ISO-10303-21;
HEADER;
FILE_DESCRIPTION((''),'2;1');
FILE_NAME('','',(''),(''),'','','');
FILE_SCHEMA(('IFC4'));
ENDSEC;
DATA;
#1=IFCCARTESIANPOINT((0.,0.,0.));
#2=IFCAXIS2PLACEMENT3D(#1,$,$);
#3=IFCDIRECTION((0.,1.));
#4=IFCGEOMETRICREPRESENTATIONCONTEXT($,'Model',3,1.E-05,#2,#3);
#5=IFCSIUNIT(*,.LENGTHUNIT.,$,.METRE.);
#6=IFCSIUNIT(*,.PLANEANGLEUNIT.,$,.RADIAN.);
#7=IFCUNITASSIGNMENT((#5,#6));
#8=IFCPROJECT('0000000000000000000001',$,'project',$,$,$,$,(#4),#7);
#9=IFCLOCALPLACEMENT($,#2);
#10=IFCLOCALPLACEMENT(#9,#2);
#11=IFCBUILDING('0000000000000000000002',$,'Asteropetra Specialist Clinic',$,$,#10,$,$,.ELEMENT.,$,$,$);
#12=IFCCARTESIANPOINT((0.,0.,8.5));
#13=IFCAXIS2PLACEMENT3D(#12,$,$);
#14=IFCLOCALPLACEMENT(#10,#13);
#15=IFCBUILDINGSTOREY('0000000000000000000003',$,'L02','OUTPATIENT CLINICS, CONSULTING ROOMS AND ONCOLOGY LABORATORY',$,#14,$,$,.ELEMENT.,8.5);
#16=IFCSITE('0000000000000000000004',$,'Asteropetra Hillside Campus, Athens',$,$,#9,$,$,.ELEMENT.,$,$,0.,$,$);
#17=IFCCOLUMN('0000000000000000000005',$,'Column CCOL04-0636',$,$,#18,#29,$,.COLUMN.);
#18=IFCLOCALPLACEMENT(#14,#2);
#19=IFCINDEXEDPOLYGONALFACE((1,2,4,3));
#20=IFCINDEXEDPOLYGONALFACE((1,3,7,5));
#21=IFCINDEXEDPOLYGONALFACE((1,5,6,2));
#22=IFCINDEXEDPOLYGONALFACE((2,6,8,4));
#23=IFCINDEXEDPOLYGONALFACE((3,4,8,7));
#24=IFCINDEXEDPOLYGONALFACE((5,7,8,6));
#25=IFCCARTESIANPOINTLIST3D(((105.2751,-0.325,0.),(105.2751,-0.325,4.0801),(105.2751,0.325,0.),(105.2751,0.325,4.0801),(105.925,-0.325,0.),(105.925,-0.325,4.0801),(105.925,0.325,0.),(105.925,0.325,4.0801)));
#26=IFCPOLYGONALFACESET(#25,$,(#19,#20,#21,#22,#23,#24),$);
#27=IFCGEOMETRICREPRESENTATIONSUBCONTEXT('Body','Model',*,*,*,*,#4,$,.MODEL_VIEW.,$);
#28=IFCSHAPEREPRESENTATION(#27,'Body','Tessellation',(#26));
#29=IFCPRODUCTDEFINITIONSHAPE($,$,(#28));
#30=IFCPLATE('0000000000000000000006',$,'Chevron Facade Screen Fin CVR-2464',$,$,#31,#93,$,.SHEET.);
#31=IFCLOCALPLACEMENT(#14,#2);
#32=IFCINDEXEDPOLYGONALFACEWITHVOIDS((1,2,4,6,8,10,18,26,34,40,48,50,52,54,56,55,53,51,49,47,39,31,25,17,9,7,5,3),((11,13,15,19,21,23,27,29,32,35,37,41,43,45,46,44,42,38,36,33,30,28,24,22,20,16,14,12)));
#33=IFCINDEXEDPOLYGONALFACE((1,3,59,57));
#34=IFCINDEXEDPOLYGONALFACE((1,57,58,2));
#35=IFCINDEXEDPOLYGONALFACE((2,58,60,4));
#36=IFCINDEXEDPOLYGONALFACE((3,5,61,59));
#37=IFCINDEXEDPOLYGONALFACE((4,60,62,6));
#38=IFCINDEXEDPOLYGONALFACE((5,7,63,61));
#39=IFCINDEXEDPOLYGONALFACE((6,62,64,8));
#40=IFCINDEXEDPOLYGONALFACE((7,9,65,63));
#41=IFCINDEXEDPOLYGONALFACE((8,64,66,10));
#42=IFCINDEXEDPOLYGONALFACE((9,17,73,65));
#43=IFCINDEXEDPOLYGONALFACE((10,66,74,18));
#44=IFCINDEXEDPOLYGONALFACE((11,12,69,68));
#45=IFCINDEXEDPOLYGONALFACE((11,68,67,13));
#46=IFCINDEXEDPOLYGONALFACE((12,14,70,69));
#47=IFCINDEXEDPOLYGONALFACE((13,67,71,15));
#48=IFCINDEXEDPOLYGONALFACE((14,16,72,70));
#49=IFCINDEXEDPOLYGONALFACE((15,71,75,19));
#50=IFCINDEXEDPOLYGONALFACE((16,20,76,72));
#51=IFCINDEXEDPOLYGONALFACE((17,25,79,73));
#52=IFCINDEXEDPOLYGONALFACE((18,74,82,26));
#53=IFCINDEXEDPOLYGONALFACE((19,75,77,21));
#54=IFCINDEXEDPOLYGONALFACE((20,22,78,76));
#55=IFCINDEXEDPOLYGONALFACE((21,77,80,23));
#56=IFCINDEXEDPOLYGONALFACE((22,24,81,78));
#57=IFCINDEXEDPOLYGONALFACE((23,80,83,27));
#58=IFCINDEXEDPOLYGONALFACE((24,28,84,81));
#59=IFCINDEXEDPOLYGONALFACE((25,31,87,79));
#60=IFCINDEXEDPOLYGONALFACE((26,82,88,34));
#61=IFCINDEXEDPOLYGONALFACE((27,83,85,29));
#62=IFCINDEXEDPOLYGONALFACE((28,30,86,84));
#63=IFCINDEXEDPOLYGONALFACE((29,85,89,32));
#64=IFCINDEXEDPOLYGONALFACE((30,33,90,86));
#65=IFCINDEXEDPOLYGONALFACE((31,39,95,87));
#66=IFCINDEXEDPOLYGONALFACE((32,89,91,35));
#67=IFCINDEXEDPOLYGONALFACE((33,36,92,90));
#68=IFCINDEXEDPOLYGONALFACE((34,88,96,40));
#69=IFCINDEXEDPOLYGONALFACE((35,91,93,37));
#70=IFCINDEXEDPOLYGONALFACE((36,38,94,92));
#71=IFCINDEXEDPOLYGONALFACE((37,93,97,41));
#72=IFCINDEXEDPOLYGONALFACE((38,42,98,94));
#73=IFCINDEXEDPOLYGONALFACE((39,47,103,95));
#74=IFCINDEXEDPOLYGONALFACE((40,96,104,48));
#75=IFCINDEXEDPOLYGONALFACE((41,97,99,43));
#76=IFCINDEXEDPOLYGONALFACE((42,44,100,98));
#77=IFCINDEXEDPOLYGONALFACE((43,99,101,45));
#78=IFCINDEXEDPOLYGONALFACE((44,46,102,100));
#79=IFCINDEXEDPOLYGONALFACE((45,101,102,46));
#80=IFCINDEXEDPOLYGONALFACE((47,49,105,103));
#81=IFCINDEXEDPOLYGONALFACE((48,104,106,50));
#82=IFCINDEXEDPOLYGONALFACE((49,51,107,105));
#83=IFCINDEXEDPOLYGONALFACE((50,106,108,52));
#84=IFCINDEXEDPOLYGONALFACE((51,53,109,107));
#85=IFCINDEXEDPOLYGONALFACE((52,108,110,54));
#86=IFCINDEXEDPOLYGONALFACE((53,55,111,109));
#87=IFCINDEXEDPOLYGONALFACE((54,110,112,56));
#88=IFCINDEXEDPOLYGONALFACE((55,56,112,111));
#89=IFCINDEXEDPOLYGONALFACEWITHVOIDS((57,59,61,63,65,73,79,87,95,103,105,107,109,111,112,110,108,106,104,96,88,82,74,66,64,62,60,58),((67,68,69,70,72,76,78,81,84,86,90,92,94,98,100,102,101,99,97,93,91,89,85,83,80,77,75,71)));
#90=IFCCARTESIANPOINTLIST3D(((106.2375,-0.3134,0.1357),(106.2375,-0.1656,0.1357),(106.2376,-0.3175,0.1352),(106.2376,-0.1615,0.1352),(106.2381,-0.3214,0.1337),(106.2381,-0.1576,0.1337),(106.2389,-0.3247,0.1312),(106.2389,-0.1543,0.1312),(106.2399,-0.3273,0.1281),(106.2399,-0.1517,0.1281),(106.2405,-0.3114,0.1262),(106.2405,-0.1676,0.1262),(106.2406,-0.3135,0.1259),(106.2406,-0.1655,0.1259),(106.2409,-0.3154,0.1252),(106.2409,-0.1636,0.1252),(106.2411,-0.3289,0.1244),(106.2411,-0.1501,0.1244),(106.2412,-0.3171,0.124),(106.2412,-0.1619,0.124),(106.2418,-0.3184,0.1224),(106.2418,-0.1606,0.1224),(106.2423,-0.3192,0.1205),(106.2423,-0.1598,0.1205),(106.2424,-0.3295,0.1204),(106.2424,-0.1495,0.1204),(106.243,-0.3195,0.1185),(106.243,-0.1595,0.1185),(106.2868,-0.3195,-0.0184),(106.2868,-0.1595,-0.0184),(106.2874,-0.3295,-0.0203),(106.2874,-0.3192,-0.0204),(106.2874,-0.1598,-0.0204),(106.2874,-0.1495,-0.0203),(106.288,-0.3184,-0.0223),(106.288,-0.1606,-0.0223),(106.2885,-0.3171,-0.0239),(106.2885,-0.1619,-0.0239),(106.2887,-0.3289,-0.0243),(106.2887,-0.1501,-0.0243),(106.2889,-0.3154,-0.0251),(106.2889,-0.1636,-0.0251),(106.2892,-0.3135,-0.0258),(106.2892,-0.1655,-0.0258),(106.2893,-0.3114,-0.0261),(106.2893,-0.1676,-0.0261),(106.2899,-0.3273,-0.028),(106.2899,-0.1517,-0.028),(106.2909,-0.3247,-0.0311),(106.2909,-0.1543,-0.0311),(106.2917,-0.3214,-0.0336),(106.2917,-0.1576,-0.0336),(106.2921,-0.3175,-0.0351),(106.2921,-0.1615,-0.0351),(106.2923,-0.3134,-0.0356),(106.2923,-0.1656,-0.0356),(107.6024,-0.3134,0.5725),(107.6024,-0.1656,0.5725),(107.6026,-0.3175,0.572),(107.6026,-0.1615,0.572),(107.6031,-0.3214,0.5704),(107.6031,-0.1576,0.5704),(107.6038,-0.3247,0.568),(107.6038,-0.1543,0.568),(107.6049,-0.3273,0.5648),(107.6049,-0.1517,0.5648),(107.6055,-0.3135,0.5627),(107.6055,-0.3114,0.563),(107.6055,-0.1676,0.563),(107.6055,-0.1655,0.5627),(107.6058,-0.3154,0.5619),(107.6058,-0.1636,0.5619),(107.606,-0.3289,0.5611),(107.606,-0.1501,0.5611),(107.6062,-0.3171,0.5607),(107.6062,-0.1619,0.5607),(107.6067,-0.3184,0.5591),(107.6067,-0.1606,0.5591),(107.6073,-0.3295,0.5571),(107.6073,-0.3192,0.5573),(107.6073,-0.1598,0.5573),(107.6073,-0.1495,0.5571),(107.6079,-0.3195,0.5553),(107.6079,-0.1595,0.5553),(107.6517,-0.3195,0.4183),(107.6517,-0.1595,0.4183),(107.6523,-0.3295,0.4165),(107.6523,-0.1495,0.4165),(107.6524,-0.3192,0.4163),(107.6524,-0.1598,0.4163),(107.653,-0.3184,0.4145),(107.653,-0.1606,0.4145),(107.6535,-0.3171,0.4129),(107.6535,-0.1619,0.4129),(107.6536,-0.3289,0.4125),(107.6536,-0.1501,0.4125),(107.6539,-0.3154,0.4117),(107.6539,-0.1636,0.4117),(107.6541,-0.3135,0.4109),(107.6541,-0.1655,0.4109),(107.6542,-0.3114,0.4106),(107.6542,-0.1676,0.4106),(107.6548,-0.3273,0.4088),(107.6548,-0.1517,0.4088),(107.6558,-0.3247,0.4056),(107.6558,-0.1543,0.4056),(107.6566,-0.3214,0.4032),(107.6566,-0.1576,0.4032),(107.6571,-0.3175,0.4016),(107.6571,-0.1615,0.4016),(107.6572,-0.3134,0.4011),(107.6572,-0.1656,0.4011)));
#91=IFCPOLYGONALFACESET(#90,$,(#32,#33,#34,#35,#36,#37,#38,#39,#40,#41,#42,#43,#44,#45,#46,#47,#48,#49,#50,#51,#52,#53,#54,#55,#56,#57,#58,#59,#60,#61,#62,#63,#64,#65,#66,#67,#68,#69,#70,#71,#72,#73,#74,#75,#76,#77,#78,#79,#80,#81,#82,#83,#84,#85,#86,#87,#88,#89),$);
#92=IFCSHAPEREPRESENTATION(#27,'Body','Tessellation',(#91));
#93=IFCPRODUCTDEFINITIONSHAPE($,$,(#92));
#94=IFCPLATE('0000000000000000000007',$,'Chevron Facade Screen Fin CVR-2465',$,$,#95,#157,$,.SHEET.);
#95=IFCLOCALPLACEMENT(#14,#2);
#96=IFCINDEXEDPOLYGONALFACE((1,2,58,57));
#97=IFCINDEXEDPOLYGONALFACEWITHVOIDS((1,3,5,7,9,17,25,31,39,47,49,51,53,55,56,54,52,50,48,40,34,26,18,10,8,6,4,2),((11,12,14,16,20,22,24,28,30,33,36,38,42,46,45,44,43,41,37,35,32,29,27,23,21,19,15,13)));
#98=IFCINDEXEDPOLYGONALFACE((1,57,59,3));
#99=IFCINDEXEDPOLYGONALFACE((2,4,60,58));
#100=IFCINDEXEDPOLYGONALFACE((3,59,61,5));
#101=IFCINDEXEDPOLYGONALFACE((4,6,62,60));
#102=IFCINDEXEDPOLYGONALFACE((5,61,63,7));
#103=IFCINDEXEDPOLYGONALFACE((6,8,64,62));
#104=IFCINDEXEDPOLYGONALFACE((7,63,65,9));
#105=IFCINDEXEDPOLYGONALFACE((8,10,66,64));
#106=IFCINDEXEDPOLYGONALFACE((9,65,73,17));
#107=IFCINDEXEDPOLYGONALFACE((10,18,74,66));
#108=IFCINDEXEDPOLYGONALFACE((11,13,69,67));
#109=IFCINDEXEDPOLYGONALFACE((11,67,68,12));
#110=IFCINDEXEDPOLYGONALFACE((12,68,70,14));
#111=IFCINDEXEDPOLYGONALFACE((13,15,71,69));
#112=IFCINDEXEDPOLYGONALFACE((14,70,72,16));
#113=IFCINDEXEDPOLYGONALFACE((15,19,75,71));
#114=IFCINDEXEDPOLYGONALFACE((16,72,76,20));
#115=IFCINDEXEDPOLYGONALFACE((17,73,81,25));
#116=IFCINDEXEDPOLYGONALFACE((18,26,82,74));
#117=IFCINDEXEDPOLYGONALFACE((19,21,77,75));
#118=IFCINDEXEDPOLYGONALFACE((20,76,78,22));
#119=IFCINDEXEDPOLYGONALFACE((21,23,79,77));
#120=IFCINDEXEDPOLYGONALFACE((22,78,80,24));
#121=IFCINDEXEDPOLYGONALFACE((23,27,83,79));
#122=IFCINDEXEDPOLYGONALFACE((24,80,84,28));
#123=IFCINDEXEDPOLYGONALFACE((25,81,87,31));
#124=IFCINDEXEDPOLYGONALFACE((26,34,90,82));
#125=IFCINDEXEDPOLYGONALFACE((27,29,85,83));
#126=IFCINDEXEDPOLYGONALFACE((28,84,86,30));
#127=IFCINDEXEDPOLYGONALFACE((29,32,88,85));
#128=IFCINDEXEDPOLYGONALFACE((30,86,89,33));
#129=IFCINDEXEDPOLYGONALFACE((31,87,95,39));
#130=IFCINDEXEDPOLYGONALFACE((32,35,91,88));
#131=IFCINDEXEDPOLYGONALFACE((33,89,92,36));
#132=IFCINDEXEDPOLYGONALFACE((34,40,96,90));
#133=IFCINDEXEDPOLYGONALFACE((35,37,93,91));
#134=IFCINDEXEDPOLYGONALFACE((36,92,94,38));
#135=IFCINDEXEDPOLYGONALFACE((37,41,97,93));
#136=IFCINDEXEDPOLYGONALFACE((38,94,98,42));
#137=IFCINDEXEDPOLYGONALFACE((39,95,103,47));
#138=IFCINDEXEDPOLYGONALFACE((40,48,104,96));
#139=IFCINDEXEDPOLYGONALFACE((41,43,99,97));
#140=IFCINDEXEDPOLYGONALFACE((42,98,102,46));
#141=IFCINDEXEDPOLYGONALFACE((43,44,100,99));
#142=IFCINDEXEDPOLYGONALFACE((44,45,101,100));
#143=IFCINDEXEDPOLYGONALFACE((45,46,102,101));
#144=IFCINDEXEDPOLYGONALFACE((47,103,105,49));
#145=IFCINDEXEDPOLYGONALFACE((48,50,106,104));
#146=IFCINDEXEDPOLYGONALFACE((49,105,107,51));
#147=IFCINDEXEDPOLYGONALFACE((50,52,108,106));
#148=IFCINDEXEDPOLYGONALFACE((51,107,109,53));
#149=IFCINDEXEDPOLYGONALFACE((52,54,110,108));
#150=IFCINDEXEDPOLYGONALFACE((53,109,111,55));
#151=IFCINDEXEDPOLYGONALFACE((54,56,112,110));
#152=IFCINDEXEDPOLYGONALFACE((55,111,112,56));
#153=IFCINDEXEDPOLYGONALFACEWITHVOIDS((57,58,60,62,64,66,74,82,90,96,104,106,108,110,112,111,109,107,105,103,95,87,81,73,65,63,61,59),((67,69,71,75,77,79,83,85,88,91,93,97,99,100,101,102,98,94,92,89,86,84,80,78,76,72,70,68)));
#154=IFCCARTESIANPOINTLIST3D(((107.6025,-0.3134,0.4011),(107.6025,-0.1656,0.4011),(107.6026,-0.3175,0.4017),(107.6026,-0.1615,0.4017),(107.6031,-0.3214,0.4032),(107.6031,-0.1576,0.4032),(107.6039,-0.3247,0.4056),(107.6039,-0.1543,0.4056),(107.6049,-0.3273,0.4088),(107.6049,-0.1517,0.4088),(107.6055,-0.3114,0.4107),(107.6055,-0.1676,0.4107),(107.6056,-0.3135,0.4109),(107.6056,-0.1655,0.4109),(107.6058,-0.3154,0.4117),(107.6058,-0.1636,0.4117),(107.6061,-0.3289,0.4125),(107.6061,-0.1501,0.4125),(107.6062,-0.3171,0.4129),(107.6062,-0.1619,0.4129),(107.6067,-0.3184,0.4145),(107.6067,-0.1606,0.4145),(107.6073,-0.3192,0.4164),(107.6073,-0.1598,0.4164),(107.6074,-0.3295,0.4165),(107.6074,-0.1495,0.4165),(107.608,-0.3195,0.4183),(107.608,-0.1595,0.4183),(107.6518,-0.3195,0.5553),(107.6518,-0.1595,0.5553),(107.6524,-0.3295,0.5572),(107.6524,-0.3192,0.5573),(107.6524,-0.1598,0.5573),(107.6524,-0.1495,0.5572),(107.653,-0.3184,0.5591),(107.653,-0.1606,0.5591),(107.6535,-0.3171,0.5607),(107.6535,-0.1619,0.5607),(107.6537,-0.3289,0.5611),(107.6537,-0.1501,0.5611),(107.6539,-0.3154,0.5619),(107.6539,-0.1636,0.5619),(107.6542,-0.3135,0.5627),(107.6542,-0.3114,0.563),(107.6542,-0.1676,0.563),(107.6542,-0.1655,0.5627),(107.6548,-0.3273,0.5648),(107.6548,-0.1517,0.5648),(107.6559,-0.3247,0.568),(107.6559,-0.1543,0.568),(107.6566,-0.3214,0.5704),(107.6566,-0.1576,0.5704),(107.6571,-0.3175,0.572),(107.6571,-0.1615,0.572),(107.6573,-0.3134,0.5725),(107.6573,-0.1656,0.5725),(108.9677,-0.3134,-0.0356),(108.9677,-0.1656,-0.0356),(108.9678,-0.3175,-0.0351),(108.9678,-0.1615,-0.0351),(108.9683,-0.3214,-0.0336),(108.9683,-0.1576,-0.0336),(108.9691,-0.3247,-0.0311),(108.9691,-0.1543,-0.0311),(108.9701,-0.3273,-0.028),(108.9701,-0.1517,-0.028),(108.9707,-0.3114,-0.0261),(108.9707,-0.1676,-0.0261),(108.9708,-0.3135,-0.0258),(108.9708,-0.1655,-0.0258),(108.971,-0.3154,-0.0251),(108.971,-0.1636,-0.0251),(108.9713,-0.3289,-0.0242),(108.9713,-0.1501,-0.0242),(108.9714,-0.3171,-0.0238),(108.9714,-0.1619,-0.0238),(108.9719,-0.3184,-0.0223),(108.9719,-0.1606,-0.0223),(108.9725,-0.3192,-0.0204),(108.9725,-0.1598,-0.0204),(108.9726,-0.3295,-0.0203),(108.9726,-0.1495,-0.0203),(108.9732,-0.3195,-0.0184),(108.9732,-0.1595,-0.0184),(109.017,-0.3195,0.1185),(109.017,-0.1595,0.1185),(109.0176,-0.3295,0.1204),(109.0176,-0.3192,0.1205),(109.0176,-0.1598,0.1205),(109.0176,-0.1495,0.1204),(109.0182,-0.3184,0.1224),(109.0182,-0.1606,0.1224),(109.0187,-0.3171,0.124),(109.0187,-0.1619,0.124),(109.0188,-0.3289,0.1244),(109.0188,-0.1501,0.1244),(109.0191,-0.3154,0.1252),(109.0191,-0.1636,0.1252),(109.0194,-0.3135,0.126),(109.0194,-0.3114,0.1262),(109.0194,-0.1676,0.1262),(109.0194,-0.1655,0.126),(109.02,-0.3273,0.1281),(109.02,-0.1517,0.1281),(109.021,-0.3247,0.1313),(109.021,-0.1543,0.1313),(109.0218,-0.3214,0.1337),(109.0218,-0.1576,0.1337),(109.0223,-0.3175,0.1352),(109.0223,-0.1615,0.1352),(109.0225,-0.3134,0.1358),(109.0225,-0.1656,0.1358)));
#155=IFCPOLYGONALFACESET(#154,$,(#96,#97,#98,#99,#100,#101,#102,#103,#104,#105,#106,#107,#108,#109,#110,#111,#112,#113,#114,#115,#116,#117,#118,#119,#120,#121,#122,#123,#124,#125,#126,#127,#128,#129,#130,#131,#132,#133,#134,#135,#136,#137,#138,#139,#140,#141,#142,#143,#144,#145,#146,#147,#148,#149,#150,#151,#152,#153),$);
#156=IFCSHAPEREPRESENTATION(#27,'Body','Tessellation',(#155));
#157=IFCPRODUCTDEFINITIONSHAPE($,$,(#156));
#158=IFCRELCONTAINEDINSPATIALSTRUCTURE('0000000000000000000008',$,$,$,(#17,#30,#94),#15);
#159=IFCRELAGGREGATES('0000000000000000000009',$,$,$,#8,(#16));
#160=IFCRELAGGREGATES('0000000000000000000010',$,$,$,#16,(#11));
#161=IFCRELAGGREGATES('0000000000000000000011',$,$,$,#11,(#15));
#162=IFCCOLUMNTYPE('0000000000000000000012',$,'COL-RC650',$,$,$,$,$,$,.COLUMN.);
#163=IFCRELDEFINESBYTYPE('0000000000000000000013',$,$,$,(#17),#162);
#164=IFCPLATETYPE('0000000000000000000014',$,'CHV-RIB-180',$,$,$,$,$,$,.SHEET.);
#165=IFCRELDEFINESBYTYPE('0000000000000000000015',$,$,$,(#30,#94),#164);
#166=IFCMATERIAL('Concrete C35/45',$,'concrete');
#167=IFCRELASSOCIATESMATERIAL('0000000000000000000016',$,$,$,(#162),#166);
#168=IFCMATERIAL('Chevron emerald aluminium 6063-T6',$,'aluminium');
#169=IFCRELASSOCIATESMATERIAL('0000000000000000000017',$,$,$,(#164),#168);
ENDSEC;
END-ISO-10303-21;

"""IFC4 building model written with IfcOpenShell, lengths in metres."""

from ifc_helpers import new_model, si_unit, direction, frame, origin, origin_2d, place, context, subcontext, project, spatial, rectangle, hollow_rectangle, extrude, material, material_profile, profile_set, type_object, element, save


model = new_model("IFC4")

# Units and contexts
model_context = context("Model", 3, precision=1e-05, world=origin(), true_north=direction((0.0, 1.0)))
body_context = subcontext(model_context, "Body", "Model", "MODEL_VIEW")
ifc_project = project(units=[si_unit("LENGTHUNIT", "METRE"), si_unit("PLANEANGLEUNIT", "RADIAN")], contexts=[model_context])

# Site, building, storey
site_placement = place(None, origin())
site = spatial("IfcSite", under=ifc_project, at=site_placement, Name="Asteropetra Hillside Campus, Athens", CompositionType="ELEMENT", RefElevation=0.0)
building_placement = place(site_placement, origin())
building = spatial("IfcBuilding", under=site, at=building_placement, Name="Asteropetra Specialist Clinic", CompositionType="ELEMENT")
storey_placement = place(building_placement, frame((0.0, 0.0, 8.5)))
storey = spatial("IfcBuildingStorey", under=building, at=storey_placement, Name="L02", Description="OUTPATIENT CLINICS, CONSULTING ROOMS AND ONCOLOGY LABORATORY", CompositionType="ELEMENT", Elevation=8.5)

# Column
ifc_material_1 = material(Name="Concrete C35/45", Category="concrete")
ifc_material_profile_1 = material_profile(ifc_material_1, rectangle(XDim=0.6499, YDim=0.6499, at=origin_2d()), Name="RC 650x650")
ifc_profile_set_1 = profile_set([ifc_material_profile_1], Name="Concrete C35/45")
column_type = type_object("IfcColumnType", Name="COL-RC650", PredefinedType="COLUMN", material=ifc_profile_set_1)
column_placement = place(storey_placement, frame((105.6001, 0.0, 0.0), z_axis=(0.0, 0.0, 1.0), x_axis=(1.0, 0.0, 0.0)))
element("IfcColumn", 1, at=column_placement, inside=storey, type_object=column_type, Name="Column CCOL04-0636", PredefinedType="COLUMN", context=body_context, shape_type="SweptSolid", body=[
    extrude(rectangle(XDim=0.6499, YDim=0.6499, at=origin_2d()), origin(), (0.0, 0.0, 1.0), 4.0801),
])

# Plates
ifc_material_2 = material(Name="Chevron emerald aluminium 6063-T6", Category="aluminium")
ifc_material_profile_2 = material_profile(ifc_material_2, hollow_rectangle(XDim=0.1799, YDim=0.1799, WallThickness=0.01, InnerFilletRadius=0.0081, OuterFilletRadius=0.0161, at=origin_2d()), Name="SHS 180x180x10.0")
ifc_profile_set_2 = profile_set([ifc_material_profile_2], Name="Chevron emerald aluminium 6063-T6")
plate_type = type_object("IfcPlateType", Name="CHV-RIB-180", PredefinedType="SHEET", material=ifc_profile_set_2)
plate_1_placement = place(storey_placement, frame((106.2649, -0.2395, 0.05), z_axis=(0.95243, 0.0, 0.304757), x_axis=(0.0, 1.0, 0.0)))
element("IfcPlate", 2, at=plate_1_placement, inside=storey, type_object=plate_type, Name="Chevron Facade Screen Fin CVR-2464", PredefinedType="SHEET", context=body_context, shape_type="SweptSolid", body=[
    extrude(hollow_rectangle(XDim=0.1799, YDim=0.1799, WallThickness=0.01, InnerFilletRadius=0.0081, OuterFilletRadius=0.0161, at=origin_2d()), origin(), (0.0, 0.0, 1.0), 1.4331),
])
plate_2_placement = place(storey_placement, frame((107.6299, -0.2395, 0.4868), z_axis=(0.952446, 0.0, -0.304708), x_axis=(0.0, 1.0, 0.0)))
element("IfcPlate", 3, at=plate_2_placement, inside=storey, type_object=plate_type, Name="Chevron Facade Screen Fin CVR-2465", PredefinedType="SHEET", context=body_context, shape_type="SweptSolid", body=[
    extrude(hollow_rectangle(XDim=0.1799, YDim=0.1799, WallThickness=0.01, InnerFilletRadius=0.0081, OuterFilletRadius=0.0161, at=origin_2d()), origin(), (0.0, 0.0, 1.0), 1.4333),
])

save(model, "model.ifc")
